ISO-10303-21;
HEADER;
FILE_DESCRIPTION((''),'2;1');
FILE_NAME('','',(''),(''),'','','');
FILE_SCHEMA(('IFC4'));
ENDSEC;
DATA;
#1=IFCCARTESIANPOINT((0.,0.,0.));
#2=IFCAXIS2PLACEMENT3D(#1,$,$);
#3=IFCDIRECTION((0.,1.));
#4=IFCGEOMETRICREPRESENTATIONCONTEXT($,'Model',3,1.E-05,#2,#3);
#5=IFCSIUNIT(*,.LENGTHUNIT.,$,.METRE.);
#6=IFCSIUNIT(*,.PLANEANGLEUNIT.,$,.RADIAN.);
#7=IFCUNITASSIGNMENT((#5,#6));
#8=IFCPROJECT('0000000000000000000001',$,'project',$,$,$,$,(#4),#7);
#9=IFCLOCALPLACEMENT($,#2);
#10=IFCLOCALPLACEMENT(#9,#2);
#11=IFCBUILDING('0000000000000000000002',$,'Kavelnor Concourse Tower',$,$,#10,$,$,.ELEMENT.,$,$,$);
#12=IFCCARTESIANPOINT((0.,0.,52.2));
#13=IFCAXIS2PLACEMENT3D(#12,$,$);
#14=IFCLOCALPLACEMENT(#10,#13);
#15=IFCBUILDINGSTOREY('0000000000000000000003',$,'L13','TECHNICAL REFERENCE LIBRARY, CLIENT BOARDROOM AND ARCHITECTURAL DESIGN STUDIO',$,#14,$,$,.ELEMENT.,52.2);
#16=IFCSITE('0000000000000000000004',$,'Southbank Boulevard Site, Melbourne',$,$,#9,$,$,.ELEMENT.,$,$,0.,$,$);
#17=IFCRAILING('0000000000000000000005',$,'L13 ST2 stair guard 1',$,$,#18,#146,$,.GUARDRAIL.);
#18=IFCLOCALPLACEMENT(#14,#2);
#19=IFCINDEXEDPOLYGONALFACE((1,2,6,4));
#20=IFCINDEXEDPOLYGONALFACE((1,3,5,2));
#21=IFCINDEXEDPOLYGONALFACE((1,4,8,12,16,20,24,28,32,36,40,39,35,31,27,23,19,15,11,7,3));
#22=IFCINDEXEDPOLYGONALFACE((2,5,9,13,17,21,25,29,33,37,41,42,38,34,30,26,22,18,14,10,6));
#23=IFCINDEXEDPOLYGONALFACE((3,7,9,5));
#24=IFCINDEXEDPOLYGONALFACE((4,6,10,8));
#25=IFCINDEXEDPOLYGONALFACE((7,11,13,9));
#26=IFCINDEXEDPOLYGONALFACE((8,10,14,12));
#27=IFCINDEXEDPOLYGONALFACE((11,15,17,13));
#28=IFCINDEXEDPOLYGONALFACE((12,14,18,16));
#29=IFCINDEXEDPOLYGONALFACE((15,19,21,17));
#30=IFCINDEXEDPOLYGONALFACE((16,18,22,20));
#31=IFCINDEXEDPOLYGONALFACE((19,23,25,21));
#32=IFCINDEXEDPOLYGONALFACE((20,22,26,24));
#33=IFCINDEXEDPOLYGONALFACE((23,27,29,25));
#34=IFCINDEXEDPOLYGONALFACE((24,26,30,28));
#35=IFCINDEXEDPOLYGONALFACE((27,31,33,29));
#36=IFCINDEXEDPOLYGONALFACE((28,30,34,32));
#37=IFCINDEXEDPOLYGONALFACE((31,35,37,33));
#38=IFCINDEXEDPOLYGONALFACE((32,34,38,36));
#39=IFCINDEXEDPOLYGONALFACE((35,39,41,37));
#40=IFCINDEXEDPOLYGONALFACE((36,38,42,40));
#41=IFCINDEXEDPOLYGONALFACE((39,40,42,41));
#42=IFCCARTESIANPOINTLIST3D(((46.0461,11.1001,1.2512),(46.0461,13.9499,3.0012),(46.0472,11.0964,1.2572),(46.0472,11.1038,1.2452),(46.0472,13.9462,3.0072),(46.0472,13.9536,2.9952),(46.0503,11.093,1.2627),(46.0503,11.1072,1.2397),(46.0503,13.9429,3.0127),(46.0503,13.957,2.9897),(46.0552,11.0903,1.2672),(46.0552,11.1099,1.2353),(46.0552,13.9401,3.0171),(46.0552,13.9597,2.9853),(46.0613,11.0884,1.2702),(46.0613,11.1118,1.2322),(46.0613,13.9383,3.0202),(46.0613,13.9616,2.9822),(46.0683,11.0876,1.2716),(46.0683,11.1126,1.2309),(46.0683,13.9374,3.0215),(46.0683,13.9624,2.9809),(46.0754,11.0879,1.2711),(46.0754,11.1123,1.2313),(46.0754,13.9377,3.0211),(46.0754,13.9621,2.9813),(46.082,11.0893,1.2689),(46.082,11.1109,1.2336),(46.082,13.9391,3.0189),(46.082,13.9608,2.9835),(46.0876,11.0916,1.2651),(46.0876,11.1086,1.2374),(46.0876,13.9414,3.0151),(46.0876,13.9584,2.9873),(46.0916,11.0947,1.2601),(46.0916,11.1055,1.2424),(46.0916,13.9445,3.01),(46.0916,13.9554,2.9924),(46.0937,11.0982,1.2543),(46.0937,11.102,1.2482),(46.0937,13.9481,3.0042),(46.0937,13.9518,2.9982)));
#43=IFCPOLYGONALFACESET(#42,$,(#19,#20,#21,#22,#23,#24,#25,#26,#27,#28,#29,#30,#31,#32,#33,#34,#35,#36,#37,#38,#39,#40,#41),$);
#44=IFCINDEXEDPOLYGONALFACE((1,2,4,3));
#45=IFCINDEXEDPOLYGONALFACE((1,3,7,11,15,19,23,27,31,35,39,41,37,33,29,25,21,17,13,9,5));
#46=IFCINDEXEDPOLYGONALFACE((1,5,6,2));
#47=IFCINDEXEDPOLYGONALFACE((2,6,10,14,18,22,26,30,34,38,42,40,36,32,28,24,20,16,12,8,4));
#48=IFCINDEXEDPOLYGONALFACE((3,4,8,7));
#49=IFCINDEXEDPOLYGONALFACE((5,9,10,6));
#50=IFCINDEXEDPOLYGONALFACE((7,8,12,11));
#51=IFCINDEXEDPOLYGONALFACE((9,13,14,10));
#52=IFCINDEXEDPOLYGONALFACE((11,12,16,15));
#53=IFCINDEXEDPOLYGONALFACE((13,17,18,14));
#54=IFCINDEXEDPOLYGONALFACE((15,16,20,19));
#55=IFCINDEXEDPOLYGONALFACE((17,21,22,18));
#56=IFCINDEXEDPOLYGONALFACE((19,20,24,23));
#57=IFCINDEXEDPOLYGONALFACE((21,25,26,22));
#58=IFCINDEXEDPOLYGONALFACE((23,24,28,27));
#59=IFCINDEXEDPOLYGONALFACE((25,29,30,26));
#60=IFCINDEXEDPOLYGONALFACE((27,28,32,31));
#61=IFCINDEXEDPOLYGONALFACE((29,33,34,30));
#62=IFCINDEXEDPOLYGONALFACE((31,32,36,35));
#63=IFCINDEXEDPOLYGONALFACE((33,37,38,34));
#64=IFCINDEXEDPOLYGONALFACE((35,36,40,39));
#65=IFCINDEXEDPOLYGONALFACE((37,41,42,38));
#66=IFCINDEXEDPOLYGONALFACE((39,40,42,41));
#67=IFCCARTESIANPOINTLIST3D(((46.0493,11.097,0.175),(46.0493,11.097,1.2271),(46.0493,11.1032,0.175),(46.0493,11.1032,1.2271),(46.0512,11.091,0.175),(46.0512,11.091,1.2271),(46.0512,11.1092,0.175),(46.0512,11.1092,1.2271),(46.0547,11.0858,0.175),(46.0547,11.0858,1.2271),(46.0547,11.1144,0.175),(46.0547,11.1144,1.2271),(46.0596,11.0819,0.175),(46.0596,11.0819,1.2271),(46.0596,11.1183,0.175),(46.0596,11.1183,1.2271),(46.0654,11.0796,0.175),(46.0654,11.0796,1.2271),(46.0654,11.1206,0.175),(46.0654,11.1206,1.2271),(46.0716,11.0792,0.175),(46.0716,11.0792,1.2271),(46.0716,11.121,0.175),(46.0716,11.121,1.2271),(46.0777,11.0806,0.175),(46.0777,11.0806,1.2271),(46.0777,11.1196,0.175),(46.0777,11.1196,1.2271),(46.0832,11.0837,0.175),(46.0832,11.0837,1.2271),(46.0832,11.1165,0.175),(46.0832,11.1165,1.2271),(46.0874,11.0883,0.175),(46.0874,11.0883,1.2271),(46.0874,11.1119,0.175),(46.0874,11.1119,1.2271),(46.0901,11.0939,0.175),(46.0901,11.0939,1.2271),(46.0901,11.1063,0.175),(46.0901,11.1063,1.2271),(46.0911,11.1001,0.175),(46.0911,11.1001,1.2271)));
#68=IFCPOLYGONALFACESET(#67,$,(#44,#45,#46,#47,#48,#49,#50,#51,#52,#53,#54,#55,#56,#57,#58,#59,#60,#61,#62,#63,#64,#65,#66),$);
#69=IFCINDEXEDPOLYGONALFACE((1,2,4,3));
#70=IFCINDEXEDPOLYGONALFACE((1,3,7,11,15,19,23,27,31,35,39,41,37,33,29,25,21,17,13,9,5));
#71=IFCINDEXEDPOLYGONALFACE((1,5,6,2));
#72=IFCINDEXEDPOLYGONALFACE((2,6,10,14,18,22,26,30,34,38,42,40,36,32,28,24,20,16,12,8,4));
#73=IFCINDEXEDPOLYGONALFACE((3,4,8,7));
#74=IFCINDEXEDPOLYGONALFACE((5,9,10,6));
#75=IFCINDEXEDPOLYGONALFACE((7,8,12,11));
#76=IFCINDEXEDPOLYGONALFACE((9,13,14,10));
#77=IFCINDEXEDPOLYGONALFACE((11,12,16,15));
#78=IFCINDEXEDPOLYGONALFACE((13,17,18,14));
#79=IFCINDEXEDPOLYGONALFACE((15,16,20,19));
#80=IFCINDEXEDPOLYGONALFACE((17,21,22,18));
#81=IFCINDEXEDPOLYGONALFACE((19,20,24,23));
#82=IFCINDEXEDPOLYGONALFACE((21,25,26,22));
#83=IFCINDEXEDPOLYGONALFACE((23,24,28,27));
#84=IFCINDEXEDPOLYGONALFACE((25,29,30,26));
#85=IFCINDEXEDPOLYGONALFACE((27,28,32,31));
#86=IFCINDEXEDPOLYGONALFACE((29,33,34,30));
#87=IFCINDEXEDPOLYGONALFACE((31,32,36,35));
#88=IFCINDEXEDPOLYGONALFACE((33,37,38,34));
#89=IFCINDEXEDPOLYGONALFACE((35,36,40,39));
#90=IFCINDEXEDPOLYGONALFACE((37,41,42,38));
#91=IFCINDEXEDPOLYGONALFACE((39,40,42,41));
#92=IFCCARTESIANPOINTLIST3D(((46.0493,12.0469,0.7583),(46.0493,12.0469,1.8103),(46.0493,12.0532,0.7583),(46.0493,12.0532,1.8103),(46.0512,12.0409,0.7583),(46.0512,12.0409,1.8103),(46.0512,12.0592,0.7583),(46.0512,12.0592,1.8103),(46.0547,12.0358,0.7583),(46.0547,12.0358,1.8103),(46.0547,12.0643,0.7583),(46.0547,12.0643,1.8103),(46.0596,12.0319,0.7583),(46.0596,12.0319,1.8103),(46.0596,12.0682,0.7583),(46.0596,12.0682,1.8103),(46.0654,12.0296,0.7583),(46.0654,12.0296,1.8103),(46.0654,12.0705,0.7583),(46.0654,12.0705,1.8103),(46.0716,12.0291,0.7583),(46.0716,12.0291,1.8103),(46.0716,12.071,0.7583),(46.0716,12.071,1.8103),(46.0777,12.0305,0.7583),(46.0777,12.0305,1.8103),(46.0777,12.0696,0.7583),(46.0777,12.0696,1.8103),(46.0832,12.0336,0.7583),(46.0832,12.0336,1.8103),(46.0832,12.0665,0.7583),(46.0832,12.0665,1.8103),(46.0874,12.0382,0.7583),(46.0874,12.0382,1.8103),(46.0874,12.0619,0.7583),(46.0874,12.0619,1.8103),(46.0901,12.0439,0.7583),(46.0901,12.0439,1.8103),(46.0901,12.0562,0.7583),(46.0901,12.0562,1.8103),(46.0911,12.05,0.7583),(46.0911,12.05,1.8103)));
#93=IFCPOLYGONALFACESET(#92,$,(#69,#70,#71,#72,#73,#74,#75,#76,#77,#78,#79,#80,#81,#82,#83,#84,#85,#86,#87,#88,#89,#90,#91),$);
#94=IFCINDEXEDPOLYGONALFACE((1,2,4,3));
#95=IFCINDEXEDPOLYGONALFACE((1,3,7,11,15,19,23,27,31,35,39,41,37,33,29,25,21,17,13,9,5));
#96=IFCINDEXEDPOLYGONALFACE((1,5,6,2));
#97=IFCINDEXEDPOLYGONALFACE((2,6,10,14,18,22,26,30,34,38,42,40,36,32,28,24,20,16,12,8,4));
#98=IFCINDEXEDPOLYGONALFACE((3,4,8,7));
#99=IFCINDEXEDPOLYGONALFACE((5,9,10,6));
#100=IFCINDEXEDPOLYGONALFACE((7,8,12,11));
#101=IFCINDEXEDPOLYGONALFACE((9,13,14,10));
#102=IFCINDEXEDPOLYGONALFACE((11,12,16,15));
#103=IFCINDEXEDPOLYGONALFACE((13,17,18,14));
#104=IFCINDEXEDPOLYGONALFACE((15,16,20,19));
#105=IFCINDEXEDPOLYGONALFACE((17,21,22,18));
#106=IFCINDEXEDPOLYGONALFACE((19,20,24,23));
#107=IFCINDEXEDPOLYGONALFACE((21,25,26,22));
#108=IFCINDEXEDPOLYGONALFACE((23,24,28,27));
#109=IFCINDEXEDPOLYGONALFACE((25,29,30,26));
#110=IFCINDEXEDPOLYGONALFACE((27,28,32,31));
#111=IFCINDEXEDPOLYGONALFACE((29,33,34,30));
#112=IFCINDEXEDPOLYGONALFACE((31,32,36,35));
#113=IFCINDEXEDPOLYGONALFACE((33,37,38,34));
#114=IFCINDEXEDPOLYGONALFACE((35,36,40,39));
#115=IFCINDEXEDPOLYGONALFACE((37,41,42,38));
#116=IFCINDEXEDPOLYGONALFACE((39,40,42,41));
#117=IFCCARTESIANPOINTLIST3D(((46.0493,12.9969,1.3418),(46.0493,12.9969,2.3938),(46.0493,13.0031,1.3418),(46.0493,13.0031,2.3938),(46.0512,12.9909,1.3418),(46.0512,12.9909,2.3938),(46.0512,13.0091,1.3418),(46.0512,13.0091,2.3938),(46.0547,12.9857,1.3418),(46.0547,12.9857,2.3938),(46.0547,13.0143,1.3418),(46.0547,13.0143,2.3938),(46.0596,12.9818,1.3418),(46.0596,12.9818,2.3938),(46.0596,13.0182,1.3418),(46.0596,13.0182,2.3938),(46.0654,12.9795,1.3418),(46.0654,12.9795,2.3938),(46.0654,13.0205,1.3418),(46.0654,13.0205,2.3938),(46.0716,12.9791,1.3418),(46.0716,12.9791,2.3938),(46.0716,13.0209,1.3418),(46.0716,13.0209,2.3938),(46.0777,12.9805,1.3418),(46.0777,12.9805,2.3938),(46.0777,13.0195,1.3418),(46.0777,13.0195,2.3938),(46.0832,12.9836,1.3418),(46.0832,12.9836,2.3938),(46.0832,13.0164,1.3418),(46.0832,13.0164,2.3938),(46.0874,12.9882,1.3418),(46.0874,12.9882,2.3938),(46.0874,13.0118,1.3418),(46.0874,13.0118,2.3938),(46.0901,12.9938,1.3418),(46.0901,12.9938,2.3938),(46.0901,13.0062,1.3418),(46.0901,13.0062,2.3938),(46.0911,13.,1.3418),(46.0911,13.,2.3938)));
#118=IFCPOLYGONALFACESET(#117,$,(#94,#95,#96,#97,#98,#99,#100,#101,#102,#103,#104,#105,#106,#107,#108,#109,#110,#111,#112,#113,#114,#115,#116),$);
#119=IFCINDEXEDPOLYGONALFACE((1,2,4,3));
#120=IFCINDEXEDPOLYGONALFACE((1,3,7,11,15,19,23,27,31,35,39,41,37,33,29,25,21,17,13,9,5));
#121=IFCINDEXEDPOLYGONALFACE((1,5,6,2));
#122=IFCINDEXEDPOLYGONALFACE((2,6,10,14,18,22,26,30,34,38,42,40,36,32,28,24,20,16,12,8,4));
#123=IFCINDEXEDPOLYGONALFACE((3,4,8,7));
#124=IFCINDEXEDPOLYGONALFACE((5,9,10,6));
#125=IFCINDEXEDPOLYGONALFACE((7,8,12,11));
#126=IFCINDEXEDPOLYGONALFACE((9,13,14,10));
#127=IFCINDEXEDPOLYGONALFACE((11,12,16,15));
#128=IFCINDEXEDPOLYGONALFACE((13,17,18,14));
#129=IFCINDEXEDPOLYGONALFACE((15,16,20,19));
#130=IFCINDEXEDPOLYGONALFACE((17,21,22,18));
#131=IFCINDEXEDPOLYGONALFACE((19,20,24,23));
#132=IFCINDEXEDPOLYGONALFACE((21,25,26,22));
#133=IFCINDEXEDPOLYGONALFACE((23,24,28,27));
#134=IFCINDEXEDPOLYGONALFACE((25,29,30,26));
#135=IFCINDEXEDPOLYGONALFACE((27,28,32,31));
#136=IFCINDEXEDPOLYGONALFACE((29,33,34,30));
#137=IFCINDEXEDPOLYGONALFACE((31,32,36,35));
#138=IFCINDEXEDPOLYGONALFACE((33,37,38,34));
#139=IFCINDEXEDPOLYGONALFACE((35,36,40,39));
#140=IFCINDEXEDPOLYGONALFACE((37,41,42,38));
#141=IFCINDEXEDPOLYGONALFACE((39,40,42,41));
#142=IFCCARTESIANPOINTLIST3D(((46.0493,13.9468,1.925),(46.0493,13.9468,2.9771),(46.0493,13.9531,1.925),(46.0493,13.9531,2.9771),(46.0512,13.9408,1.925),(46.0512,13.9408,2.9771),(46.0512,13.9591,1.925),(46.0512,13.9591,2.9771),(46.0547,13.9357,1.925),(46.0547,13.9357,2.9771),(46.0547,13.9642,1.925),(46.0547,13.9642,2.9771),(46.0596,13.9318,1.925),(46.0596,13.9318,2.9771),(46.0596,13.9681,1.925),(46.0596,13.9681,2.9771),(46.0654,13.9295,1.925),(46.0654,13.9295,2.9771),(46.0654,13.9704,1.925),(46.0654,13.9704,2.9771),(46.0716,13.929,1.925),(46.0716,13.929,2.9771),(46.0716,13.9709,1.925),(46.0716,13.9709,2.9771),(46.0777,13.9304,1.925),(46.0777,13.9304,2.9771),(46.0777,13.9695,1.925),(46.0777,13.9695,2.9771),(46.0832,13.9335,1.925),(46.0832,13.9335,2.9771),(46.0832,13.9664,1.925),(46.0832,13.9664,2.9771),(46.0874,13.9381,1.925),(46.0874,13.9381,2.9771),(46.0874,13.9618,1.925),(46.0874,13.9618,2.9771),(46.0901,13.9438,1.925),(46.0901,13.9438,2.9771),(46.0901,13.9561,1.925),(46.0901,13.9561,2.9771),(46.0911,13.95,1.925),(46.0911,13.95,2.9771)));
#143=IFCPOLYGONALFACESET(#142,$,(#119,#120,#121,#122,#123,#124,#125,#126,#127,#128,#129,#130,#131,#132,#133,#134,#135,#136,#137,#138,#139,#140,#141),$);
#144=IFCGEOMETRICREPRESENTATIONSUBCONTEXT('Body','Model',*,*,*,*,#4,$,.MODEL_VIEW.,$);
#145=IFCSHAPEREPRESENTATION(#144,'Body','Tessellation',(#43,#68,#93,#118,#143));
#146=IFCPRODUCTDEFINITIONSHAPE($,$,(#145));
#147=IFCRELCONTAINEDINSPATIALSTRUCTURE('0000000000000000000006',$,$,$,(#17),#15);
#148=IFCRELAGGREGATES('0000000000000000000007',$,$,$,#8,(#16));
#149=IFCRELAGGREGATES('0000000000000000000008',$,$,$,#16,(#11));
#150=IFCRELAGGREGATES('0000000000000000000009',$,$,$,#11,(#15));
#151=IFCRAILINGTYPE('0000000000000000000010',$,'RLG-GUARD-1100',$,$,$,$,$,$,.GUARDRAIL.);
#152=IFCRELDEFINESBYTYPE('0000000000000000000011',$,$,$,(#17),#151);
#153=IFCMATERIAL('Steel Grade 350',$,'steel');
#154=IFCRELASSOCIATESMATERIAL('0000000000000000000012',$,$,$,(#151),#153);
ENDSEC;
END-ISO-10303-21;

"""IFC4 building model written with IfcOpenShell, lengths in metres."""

from ifc_helpers import new_model, si_unit, direction, frame, origin, origin_2d, place, context, subcontext, project, spatial, circle, extrude, material, type_object, element, save


model = new_model("IFC4")

# Units and contexts
model_context = context("Model", 3, precision=1e-05, world=origin(), true_north=direction((0.0, 1.0)))
body_context = subcontext(model_context, "Body", "Model", "MODEL_VIEW")
ifc_project = project(units=[si_unit("LENGTHUNIT", "METRE"), si_unit("PLANEANGLEUNIT", "RADIAN")], contexts=[model_context])

# Site, building, storey
site_placement = place(None, origin())
site = spatial("IfcSite", under=ifc_project, at=site_placement, Name="Southbank Boulevard Site, Melbourne", CompositionType="ELEMENT", RefElevation=0.0)
building_placement = place(site_placement, origin())
building = spatial("IfcBuilding", under=site, at=building_placement, Name="Kavelnor Concourse Tower", CompositionType="ELEMENT")
storey_placement = place(building_placement, frame((0.0, 0.0, 52.2)))
storey = spatial("IfcBuildingStorey", under=building, at=storey_placement, Name="L13", Description="TECHNICAL REFERENCE LIBRARY, CLIENT BOARDROOM AND ARCHITECTURAL DESIGN STUDIO", CompositionType="ELEMENT", Elevation=52.2)

# Shared definitions
ifc_material_1 = material(Name="Steel Grade 350", Category="steel")

# Railing
railing_type_1 = type_object("IfcRailingType", Name="RLG-GUARD-1100", PredefinedType="GUARDRAIL", material=ifc_material_1)
railing_1_placement = place(storey_placement, frame((46.0701, 11.1001, 0.175)))
element("IfcRailing", 1, at=railing_1_placement, inside=storey, type_object=railing_type_1, Name="L13 ST2 stair guard 1", PredefinedType="GUARDRAIL", context=body_context, shape_type="SweptSolid", body=[
    extrude(circle(Radius=0.0239, at=origin_2d()), frame((0.0, 0.0, 1.0762), z_axis=(0.0, 0.852159, 0.523283), x_axis=(-1.0, 0.0, 0.0)), (0.0, 0.0, 1.0), 3.3442),
    extrude(circle(Radius=0.021, at=origin_2d()), origin(), (0.0, 0.0, 1.0), 1.052),
    extrude(circle(Radius=0.021, at=origin_2d()), frame((0.0, 0.95, 0.5833)), (0.0, 0.0, 1.0), 1.052),
    extrude(circle(Radius=0.021, at=origin_2d()), frame((0.0, 1.8999, 1.1667)), (0.0, 0.0, 1.0), 1.052),
    extrude(circle(Radius=0.021, at=origin_2d()), frame((0.0, 2.8499, 1.75)), (0.0, 0.0, 1.0), 1.052),
])

save(model, "model.ifc")
